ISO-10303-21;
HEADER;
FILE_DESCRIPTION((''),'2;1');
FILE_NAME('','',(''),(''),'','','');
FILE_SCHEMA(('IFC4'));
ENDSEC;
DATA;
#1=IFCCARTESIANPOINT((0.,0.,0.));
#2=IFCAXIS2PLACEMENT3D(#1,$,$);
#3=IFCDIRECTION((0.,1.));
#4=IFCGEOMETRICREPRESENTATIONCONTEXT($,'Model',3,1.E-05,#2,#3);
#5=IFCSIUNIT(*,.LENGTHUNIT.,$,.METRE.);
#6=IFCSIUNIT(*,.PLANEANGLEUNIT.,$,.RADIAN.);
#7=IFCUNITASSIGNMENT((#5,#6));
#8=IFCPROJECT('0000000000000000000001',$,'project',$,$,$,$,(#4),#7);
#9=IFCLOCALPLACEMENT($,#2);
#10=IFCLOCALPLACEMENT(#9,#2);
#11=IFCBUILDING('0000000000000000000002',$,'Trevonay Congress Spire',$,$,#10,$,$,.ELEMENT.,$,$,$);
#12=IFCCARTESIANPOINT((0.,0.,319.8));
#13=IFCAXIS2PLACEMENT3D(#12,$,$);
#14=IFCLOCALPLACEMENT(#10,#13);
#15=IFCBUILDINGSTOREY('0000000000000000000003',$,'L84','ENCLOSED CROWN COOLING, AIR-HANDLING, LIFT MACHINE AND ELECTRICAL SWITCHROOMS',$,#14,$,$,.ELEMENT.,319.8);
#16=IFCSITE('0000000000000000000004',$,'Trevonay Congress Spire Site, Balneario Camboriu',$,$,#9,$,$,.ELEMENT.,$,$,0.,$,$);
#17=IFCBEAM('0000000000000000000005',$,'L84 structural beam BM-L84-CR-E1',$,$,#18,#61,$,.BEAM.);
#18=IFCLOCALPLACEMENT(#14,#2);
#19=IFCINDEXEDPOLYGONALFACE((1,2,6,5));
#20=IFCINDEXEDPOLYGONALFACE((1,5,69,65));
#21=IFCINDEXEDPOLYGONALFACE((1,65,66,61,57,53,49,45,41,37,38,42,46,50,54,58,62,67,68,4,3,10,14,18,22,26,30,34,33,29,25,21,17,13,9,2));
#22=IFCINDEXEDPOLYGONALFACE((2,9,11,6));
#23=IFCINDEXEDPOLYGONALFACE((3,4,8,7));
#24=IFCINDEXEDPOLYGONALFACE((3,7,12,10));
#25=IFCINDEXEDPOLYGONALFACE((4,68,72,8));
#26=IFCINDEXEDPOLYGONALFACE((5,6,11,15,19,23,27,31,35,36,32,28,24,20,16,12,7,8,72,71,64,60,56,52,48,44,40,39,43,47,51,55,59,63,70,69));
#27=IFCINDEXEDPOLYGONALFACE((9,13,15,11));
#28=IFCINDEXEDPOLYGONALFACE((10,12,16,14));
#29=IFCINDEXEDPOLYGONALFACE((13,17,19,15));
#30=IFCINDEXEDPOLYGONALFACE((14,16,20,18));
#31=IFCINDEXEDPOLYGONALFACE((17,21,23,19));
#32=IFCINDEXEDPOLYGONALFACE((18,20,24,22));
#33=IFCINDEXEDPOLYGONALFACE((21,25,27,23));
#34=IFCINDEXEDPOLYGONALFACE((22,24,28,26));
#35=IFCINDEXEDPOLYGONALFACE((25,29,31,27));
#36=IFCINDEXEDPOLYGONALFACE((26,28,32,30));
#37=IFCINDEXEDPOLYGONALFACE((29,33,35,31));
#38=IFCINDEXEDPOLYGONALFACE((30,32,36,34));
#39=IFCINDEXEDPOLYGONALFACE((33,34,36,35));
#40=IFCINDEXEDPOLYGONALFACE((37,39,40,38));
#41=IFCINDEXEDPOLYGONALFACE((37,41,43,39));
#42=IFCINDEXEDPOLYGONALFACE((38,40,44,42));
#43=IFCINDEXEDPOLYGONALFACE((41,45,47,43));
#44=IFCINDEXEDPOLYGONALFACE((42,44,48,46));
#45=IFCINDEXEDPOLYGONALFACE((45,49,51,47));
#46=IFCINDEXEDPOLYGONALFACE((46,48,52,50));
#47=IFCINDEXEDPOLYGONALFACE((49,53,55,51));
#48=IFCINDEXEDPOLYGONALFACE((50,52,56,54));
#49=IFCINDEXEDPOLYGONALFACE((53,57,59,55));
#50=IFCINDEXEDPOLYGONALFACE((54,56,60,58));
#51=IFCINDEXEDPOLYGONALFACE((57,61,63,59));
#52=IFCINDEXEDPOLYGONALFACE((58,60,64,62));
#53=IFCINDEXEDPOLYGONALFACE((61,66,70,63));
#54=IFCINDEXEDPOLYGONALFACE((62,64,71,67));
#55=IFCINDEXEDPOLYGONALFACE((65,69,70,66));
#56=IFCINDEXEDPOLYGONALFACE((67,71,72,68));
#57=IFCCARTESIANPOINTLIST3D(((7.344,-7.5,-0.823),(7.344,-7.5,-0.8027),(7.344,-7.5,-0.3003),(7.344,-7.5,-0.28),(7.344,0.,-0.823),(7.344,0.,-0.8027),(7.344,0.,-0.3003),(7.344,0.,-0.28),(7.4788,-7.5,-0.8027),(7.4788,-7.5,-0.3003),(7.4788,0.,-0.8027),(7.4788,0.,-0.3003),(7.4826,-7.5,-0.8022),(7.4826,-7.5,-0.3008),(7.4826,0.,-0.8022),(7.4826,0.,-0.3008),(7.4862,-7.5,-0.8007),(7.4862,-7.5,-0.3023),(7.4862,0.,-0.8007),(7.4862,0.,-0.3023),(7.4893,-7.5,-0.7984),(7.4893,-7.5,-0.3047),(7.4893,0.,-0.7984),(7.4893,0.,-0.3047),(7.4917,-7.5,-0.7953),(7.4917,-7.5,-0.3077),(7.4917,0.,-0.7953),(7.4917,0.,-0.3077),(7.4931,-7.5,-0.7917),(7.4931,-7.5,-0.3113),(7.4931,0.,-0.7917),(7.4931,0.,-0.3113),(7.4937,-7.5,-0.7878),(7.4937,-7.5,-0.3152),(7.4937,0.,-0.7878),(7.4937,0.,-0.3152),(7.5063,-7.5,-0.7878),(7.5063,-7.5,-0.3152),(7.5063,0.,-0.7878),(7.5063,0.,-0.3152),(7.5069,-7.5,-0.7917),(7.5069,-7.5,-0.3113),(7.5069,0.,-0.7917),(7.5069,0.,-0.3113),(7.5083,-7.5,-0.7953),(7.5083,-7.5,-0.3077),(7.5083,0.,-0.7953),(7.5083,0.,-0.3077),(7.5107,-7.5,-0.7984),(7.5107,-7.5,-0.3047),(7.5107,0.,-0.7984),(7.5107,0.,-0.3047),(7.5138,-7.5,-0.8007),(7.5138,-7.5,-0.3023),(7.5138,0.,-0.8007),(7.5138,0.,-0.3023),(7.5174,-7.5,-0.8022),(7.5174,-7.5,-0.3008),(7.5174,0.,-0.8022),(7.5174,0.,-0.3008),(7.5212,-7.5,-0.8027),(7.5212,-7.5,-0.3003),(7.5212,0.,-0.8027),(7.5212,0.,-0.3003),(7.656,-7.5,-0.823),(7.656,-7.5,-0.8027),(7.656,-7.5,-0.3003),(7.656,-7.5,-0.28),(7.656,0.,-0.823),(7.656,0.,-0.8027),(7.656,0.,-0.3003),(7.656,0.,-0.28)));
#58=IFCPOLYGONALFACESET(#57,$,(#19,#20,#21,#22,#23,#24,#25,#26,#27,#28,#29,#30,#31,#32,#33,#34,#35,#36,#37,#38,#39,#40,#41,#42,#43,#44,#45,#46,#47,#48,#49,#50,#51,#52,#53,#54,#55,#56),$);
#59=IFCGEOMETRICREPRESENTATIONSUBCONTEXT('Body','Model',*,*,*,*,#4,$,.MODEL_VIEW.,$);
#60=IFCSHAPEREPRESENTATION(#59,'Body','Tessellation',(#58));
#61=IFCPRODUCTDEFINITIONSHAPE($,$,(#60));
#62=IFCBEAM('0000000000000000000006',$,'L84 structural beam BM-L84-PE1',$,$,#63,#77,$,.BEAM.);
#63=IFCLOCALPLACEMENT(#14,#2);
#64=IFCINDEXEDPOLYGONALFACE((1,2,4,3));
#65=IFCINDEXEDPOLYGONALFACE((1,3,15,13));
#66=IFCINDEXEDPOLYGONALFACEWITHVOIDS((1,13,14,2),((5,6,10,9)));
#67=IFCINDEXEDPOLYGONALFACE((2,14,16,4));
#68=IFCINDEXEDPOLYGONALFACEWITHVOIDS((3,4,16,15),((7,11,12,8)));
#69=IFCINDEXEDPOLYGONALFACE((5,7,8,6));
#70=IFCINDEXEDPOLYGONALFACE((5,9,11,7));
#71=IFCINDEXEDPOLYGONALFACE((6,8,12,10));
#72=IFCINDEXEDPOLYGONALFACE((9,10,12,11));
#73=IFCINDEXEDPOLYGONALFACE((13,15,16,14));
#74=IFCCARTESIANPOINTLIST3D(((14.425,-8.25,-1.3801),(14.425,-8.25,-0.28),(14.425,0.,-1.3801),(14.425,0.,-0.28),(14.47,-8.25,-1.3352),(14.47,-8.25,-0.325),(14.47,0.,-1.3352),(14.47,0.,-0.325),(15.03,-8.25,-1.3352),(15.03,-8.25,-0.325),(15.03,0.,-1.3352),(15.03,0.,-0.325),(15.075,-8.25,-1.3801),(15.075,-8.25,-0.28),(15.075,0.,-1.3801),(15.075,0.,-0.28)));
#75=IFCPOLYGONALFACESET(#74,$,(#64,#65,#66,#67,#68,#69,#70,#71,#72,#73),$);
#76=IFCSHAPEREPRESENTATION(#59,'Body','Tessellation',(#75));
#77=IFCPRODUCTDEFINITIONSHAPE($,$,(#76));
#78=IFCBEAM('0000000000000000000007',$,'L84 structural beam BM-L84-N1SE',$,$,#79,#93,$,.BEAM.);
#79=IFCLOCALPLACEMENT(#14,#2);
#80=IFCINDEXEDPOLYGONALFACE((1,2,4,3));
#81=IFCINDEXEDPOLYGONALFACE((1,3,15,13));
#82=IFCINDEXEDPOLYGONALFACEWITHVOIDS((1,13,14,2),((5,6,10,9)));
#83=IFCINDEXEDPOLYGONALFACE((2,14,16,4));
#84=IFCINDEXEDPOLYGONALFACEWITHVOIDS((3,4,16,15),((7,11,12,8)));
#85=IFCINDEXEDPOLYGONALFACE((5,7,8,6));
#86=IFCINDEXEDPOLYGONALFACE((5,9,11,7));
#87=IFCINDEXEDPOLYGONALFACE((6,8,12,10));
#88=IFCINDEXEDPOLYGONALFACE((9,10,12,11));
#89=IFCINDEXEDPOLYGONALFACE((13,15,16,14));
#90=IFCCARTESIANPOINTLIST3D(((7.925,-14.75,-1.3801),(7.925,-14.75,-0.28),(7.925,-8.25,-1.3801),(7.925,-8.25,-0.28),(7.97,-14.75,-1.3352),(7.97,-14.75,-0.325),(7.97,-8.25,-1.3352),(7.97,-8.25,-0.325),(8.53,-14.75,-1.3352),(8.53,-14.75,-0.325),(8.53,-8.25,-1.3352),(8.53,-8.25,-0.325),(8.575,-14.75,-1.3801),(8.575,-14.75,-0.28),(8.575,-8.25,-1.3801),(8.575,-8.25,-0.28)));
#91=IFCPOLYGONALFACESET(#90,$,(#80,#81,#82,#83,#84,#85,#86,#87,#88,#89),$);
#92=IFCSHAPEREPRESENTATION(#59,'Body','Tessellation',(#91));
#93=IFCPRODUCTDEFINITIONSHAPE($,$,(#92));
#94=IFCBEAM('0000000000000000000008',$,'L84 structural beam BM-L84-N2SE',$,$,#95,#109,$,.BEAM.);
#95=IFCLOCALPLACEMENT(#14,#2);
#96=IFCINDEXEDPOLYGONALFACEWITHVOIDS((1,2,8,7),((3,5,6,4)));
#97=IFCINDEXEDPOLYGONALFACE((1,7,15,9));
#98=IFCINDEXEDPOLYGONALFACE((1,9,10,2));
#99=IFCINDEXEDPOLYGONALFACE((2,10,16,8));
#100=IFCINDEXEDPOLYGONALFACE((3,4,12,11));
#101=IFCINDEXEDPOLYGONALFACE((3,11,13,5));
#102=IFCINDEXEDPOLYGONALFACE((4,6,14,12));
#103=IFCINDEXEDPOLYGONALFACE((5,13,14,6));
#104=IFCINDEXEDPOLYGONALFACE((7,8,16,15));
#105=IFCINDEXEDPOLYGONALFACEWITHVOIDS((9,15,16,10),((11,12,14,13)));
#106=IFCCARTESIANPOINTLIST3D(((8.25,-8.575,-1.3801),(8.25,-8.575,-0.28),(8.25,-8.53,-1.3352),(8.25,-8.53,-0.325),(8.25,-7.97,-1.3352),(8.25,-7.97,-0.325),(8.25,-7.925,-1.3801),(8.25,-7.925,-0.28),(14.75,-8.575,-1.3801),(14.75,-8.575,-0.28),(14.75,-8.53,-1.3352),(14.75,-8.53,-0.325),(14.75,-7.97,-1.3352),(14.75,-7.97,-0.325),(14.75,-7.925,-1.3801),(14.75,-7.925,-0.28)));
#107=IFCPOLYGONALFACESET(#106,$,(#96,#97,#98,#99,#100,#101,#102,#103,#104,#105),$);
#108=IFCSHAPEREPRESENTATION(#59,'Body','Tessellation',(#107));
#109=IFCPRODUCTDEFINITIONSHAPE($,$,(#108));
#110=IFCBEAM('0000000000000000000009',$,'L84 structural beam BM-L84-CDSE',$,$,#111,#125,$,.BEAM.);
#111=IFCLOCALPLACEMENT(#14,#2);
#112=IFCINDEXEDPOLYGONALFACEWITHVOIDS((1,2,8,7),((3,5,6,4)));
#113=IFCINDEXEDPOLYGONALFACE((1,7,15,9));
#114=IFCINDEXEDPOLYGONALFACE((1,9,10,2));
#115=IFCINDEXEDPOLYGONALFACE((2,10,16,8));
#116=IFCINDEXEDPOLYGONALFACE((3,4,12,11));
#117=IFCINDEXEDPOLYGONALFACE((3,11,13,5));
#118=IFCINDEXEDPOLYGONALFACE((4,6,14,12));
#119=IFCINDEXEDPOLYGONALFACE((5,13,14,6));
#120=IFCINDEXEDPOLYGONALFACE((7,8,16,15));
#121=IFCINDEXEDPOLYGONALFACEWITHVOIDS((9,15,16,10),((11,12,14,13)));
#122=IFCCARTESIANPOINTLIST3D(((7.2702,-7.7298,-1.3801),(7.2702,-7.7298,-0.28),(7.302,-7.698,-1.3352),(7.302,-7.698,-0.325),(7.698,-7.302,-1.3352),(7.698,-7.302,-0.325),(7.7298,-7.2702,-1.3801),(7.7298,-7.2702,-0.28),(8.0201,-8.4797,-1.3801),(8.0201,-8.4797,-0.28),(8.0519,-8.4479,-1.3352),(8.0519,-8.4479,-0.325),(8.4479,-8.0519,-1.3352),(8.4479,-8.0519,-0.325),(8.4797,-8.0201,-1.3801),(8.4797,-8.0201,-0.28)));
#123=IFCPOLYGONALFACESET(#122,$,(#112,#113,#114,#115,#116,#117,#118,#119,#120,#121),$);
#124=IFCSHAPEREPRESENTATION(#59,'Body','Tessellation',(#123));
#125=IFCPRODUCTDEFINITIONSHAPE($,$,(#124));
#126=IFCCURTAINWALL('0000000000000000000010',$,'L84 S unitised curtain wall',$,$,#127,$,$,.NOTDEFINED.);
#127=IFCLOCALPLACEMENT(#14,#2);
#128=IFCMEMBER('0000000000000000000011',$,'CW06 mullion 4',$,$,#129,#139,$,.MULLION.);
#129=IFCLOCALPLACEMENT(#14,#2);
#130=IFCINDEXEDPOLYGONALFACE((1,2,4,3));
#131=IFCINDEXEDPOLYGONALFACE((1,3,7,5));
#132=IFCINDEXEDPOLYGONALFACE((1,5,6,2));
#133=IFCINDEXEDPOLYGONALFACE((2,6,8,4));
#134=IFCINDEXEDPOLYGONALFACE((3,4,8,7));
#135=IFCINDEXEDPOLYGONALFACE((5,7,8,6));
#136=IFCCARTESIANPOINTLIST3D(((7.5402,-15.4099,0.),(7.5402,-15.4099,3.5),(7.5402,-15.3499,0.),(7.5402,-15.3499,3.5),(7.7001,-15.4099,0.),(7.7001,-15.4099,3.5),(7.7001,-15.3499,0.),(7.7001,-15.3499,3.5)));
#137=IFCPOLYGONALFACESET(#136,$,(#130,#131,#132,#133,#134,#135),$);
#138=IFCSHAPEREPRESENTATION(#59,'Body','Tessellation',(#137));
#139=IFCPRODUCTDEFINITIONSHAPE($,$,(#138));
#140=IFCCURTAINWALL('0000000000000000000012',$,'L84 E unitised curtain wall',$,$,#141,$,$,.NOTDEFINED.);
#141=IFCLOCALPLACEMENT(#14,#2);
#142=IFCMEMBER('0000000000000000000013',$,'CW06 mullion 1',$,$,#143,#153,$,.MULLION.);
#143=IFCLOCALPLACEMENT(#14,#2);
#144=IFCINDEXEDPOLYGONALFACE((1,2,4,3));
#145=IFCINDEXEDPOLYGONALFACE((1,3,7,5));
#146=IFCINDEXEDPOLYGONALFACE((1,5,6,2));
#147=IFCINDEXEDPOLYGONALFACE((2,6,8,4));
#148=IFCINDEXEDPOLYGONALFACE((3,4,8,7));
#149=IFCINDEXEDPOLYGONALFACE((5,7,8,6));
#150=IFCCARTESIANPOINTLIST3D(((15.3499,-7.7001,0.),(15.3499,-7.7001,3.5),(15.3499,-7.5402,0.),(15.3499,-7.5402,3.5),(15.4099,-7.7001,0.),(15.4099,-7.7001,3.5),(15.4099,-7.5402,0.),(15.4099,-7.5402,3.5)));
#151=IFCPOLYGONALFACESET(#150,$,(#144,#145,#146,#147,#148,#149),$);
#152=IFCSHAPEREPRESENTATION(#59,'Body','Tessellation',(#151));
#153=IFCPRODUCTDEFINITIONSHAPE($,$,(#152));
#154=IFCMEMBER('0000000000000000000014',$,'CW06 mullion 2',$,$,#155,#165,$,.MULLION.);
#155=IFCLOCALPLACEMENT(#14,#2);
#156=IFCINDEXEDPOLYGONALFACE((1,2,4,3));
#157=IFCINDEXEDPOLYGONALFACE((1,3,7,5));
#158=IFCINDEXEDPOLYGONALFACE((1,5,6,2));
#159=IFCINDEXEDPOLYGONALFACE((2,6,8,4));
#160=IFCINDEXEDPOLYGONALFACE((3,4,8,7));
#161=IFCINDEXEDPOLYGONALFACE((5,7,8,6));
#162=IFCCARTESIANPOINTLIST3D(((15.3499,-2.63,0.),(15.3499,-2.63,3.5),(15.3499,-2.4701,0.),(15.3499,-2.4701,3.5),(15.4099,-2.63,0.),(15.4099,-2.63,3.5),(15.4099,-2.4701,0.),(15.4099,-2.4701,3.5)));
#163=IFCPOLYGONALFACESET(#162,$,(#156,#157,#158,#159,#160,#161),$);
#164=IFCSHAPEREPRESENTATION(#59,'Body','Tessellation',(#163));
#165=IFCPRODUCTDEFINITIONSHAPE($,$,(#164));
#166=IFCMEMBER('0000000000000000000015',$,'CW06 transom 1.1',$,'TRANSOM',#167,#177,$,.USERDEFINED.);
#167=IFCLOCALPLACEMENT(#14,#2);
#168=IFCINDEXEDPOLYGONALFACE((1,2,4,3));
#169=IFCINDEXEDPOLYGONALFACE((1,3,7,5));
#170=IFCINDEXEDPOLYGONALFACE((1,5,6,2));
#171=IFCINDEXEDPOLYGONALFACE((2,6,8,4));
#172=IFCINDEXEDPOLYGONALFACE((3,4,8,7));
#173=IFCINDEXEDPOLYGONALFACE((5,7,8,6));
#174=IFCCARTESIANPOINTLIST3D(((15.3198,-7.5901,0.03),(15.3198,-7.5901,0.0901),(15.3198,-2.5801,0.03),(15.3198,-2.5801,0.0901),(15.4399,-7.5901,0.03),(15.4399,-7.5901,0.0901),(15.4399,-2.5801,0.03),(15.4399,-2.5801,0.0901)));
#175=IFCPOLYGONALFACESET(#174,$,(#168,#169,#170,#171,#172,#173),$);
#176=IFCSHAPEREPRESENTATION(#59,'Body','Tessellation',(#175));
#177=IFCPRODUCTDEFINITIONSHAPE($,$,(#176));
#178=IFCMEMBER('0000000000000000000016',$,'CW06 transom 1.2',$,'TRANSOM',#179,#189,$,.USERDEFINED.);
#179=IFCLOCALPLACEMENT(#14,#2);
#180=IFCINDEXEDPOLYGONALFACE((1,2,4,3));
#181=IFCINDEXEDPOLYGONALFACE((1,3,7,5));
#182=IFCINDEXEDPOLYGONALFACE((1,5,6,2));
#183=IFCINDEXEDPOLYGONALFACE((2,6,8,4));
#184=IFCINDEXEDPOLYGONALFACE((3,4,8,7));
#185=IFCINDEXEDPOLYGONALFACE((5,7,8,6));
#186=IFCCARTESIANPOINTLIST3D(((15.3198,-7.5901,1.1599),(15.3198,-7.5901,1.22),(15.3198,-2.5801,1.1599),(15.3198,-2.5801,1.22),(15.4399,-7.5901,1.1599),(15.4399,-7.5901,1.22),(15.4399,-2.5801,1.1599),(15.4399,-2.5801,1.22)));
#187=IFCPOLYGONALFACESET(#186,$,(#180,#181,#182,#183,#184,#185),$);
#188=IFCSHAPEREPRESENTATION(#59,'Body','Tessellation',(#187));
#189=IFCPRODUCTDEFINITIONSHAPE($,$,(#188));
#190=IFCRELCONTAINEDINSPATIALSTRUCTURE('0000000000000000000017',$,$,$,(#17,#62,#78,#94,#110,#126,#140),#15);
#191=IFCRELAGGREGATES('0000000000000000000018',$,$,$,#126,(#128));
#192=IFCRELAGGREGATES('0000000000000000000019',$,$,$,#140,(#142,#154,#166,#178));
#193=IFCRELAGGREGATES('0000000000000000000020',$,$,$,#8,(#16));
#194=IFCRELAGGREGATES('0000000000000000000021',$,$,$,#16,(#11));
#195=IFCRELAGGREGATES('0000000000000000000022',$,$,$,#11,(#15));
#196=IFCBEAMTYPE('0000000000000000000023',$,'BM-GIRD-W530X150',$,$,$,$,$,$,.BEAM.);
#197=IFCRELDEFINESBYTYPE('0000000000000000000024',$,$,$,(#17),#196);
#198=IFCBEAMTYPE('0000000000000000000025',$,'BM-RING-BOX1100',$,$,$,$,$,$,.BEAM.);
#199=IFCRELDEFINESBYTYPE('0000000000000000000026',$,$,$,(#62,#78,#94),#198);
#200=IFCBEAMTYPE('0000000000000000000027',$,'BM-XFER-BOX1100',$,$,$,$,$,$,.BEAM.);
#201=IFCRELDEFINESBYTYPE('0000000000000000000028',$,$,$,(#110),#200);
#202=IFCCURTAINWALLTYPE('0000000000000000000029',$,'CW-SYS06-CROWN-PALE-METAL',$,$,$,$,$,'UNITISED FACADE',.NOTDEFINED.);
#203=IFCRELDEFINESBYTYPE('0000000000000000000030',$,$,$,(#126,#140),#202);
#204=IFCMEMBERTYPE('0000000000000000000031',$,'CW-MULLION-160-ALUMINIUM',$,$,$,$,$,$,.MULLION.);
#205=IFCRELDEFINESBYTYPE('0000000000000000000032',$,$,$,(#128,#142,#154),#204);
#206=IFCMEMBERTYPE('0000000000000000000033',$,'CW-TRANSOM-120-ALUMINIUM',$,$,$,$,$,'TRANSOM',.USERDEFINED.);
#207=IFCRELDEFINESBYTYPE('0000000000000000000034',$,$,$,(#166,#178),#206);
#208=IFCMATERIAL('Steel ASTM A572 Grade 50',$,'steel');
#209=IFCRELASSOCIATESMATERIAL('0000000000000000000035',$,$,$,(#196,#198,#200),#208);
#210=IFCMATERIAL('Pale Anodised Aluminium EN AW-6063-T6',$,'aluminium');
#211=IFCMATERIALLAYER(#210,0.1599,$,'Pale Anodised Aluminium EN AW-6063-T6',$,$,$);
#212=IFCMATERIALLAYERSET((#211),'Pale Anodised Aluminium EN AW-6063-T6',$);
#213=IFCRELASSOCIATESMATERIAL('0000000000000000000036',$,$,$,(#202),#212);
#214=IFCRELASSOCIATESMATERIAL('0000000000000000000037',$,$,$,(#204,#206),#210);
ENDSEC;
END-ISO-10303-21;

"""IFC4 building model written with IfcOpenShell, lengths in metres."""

from ifc_helpers import new_model, si_unit, direction, frame, origin, origin_2d, place, context, subcontext, project, spatial, rectangle, hollow_rectangle, i_section, extrude, material, layer, layer_set, material_profile, profile_set, type_object, element, aggregate, save


model = new_model("IFC4")

# Units and contexts
model_context = context("Model", 3, precision=1e-05, world=origin(), true_north=direction((0.0, 1.0)))
body_context = subcontext(model_context, "Body", "Model", "MODEL_VIEW")
ifc_project = project(units=[si_unit("LENGTHUNIT", "METRE"), si_unit("PLANEANGLEUNIT", "RADIAN")], contexts=[model_context])

# Site, building, storey
site_placement = place(None, origin())
site = spatial("IfcSite", under=ifc_project, at=site_placement, Name="Trevonay Congress Spire Site, Balneario Camboriu", CompositionType="ELEMENT", RefElevation=0.0)
building_placement = place(site_placement, origin())
building = spatial("IfcBuilding", under=site, at=building_placement, Name="Trevonay Congress Spire", CompositionType="ELEMENT")
storey_placement = place(building_placement, frame((0.0, 0.0, 319.8)))
storey = spatial("IfcBuildingStorey", under=building, at=storey_placement, Name="L84", Description="ENCLOSED CROWN COOLING, AIR-HANDLING, LIFT MACHINE AND ELECTRICAL SWITCHROOMS", CompositionType="ELEMENT", Elevation=319.8)

# Shared definitions
ifc_material_1 = material(Name="Steel ASTM A572 Grade 50", Category="steel")

# Beams
ifc_material_profile_1 = material_profile(ifc_material_1, i_section(OverallWidth=0.312, OverallDepth=0.543, WebThickness=0.0127, FlangeThickness=0.0203, FilletRadius=0.0149, at=origin_2d()), Name="W530x150")
ifc_profile_set_1 = profile_set([ifc_material_profile_1], Name="Steel ASTM A572 Grade 50")
beam_type_1 = type_object("IfcBeamType", Name="BM-GIRD-W530X150", PredefinedType="BEAM", material=ifc_profile_set_1)
beam_1_placement = place(storey_placement, frame((7.5, -7.5, -0.5515), z_axis=(0.0, 1.0, 0.0), x_axis=(-1.0, 0.0, 0.0)))
element("IfcBeam", 1, at=beam_1_placement, inside=storey, type_object=beam_type_1, Name="L84 structural beam BM-L84-CR-E1", PredefinedType="BEAM", context=body_context, shape_type="SweptSolid", body=[
    extrude(i_section(OverallWidth=0.312, OverallDepth=0.543, WebThickness=0.0127, FlangeThickness=0.0203, FilletRadius=0.0149, at=origin_2d()), origin(), (0.0, 0.0, 1.0), 7.5),
])
ifc_material_profile_2 = material_profile(ifc_material_1, hollow_rectangle(XDim=0.6499, YDim=1.1001, WallThickness=0.0449, at=origin_2d()), Name="BOX 1100x650x45")
ifc_profile_set_2 = profile_set([ifc_material_profile_2], Name="Steel ASTM A572 Grade 50")
beam_type_2 = type_object("IfcBeamType", Name="BM-RING-BOX1100", PredefinedType="BEAM", material=ifc_profile_set_2)
beam_2_placement = place(storey_placement, frame((14.75, -8.25, -0.8301), z_axis=(0.0, 1.0, 0.0), x_axis=(-1.0, 0.0, 0.0)))
element("IfcBeam", 2, at=beam_2_placement, inside=storey, type_object=beam_type_2, Name="L84 structural beam BM-L84-PE1", PredefinedType="BEAM", context=body_context, shape_type="SweptSolid", body=[
    extrude(hollow_rectangle(XDim=0.6499, YDim=1.1001, WallThickness=0.0449, at=origin_2d()), origin(), (0.0, 0.0, 1.0), 8.25),
])
for number, where, z_axis, x_axis, name in (
    (3, (8.25, -14.75, -0.8301), (0.0, 1.0, 0.0), (-1.0, 0.0, 0.0), "L84 structural beam BM-L84-N1SE"),
    (4, (14.75, -8.25, -0.8301), (-1.0, 0.0, 0.0), (0.0, -1.0, 0.0), "L84 structural beam BM-L84-N2SE"),
):
    element("IfcBeam", number, at=place(storey_placement, frame(where, z_axis=z_axis, x_axis=x_axis)), inside=storey, type_object=beam_type_2, Name=name, PredefinedType="BEAM", context=body_context, shape_type="SweptSolid", body=[
        extrude(hollow_rectangle(XDim=0.6499, YDim=1.1001, WallThickness=0.0449, at=origin_2d()), origin(), (0.0, 0.0, 1.0), 6.5),
    ])
ifc_material_profile_3 = material_profile(ifc_material_1, hollow_rectangle(XDim=0.6499, YDim=1.1001, WallThickness=0.0449, at=origin_2d()), Name="BOX 1100x650x45")
ifc_profile_set_3 = profile_set([ifc_material_profile_3], Name="Steel ASTM A572 Grade 50")
beam_type_3 = type_object("IfcBeamType", Name="BM-XFER-BOX1100", PredefinedType="BEAM", material=ifc_profile_set_3)
beam_3_placement = place(storey_placement, frame((7.5, -7.5, -0.8301), z_axis=(0.707107, -0.707107, 0.0), x_axis=(0.707107, 0.707107, 0.0)))
element("IfcBeam", 5, at=beam_3_placement, inside=storey, type_object=beam_type_3, Name="L84 structural beam BM-L84-CDSE", PredefinedType="BEAM", context=body_context, shape_type="SweptSolid", body=[
    extrude(hollow_rectangle(XDim=0.6499, YDim=1.1001, WallThickness=0.0449, at=origin_2d()), origin(), (0.0, 0.0, 1.0), 1.0605),
])

# Curtain wall, member
ifc_material_2 = material(Name="Pale Anodised Aluminium EN AW-6063-T6", Category="aluminium")
ifc_layer_1 = layer(ifc_material_2, 0.1599, Name="Pale Anodised Aluminium EN AW-6063-T6")
ifc_layer_set_1 = layer_set([ifc_layer_1], Name="Pale Anodised Aluminium EN AW-6063-T6")
curtain_wall_type = type_object("IfcCurtainWallType", Name="CW-SYS06-CROWN-PALE-METAL", ElementType="UNITISED FACADE", PredefinedType="NOTDEFINED", material=ifc_layer_set_1)
curtain_wall_1_placement = place(storey_placement, origin())
curtain_wall_1 = element("IfcCurtainWall", 6, at=curtain_wall_1_placement, inside=storey, type_object=curtain_wall_type, Name="L84 S unitised curtain wall", PredefinedType="NOTDEFINED")
ifc_material_profile_4 = material_profile(ifc_material_2, rectangle(XDim=0.0601, YDim=0.1599, at=origin_2d()), Name="CW-MULLION-160-ALUMINIUM")
ifc_profile_set_4 = profile_set([ifc_material_profile_4], Name="Pale Anodised Aluminium EN AW-6063-T6")
member_type_1 = type_object("IfcMemberType", Name="CW-MULLION-160-ALUMINIUM", PredefinedType="MULLION", material=ifc_profile_set_4)
member_1_placement = place(storey_placement, frame((7.6201, -15.3799, 0.0), z_axis=(0.0, 0.0, 1.0), x_axis=(0.0, 1.0, 0.0)))
member_1 = element("IfcMember", 7, at=member_1_placement, type_object=member_type_1, Name="CW06 mullion 4", PredefinedType="MULLION", context=body_context, shape_type="SweptSolid", body=[
    extrude(rectangle(XDim=0.0601, YDim=0.1599, at=origin_2d()), origin(), (0.0, 0.0, 1.0), 3.5),
])
aggregate(curtain_wall_1, [member_1])

# Curtain wall, members
curtain_wall_2_placement = place(storey_placement, origin())
curtain_wall_2 = element("IfcCurtainWall", 8, at=curtain_wall_2_placement, inside=storey, type_object=curtain_wall_type, Name="L84 E unitised curtain wall", PredefinedType="NOTDEFINED")
member_2_placement = place(storey_placement, frame((15.3799, -7.6201, 0.0), z_axis=(0.0, 0.0, 1.0), x_axis=(-1.0, 0.0, 0.0)))
member_2 = element("IfcMember", 9, at=member_2_placement, type_object=member_type_1, Name="CW06 mullion 1", PredefinedType="MULLION", context=body_context, shape_type="SweptSolid", body=[
    extrude(rectangle(XDim=0.0601, YDim=0.1599, at=origin_2d()), origin(), (0.0, 0.0, 1.0), 3.5),
])
member_3_placement = place(storey_placement, frame((15.3799, -2.55, 0.0), z_axis=(0.0, 0.0, 1.0), x_axis=(-1.0, 0.0, 0.0)))
member_3 = element("IfcMember", 10, at=member_3_placement, type_object=member_type_1, Name="CW06 mullion 2", PredefinedType="MULLION", context=body_context, shape_type="SweptSolid", body=[
    extrude(rectangle(XDim=0.0601, YDim=0.1599, at=origin_2d()), origin(), (0.0, 0.0, 1.0), 3.5),
])
ifc_material_profile_5 = material_profile(ifc_material_2, rectangle(XDim=0.1201, YDim=0.0601, at=origin_2d()), Name="CW-TRANSOM-120-ALUMINIUM")
ifc_profile_set_5 = profile_set([ifc_material_profile_5], Name="Pale Anodised Aluminium EN AW-6063-T6")
member_type_2 = type_object("IfcMemberType", Name="CW-TRANSOM-120-ALUMINIUM", ElementType="TRANSOM", PredefinedType="USERDEFINED", material=ifc_profile_set_5)
member_4_placement = place(storey_placement, frame((15.3799, -7.5901, 0.0601), z_axis=(0.0, 1.0, 0.0), x_axis=(-1.0, 0.0, 0.0)))
member_4 = element("IfcMember", 11, at=member_4_placement, type_object=member_type_2, Name="CW06 transom 1.1", ObjectType="TRANSOM", PredefinedType="USERDEFINED", context=body_context, shape_type="SweptSolid", body=[
    extrude(rectangle(XDim=0.1201, YDim=0.0601, at=origin_2d()), origin(), (0.0, 0.0, 1.0), 5.01),
])
member_5_placement = place(storey_placement, frame((15.3799, -7.5901, 1.1899), z_axis=(0.0, 1.0, 0.0), x_axis=(-1.0, 0.0, 0.0)))
member_5 = element("IfcMember", 12, at=member_5_placement, type_object=member_type_2, Name="CW06 transom 1.2", ObjectType="TRANSOM", PredefinedType="USERDEFINED", context=body_context, shape_type="SweptSolid", body=[
    extrude(rectangle(XDim=0.1201, YDim=0.0601, at=origin_2d()), origin(), (0.0, 0.0, 1.0), 5.01),
])

aggregate(curtain_wall_2, [member_2, member_3, member_4, member_5])

save(model, "model.ifc")
